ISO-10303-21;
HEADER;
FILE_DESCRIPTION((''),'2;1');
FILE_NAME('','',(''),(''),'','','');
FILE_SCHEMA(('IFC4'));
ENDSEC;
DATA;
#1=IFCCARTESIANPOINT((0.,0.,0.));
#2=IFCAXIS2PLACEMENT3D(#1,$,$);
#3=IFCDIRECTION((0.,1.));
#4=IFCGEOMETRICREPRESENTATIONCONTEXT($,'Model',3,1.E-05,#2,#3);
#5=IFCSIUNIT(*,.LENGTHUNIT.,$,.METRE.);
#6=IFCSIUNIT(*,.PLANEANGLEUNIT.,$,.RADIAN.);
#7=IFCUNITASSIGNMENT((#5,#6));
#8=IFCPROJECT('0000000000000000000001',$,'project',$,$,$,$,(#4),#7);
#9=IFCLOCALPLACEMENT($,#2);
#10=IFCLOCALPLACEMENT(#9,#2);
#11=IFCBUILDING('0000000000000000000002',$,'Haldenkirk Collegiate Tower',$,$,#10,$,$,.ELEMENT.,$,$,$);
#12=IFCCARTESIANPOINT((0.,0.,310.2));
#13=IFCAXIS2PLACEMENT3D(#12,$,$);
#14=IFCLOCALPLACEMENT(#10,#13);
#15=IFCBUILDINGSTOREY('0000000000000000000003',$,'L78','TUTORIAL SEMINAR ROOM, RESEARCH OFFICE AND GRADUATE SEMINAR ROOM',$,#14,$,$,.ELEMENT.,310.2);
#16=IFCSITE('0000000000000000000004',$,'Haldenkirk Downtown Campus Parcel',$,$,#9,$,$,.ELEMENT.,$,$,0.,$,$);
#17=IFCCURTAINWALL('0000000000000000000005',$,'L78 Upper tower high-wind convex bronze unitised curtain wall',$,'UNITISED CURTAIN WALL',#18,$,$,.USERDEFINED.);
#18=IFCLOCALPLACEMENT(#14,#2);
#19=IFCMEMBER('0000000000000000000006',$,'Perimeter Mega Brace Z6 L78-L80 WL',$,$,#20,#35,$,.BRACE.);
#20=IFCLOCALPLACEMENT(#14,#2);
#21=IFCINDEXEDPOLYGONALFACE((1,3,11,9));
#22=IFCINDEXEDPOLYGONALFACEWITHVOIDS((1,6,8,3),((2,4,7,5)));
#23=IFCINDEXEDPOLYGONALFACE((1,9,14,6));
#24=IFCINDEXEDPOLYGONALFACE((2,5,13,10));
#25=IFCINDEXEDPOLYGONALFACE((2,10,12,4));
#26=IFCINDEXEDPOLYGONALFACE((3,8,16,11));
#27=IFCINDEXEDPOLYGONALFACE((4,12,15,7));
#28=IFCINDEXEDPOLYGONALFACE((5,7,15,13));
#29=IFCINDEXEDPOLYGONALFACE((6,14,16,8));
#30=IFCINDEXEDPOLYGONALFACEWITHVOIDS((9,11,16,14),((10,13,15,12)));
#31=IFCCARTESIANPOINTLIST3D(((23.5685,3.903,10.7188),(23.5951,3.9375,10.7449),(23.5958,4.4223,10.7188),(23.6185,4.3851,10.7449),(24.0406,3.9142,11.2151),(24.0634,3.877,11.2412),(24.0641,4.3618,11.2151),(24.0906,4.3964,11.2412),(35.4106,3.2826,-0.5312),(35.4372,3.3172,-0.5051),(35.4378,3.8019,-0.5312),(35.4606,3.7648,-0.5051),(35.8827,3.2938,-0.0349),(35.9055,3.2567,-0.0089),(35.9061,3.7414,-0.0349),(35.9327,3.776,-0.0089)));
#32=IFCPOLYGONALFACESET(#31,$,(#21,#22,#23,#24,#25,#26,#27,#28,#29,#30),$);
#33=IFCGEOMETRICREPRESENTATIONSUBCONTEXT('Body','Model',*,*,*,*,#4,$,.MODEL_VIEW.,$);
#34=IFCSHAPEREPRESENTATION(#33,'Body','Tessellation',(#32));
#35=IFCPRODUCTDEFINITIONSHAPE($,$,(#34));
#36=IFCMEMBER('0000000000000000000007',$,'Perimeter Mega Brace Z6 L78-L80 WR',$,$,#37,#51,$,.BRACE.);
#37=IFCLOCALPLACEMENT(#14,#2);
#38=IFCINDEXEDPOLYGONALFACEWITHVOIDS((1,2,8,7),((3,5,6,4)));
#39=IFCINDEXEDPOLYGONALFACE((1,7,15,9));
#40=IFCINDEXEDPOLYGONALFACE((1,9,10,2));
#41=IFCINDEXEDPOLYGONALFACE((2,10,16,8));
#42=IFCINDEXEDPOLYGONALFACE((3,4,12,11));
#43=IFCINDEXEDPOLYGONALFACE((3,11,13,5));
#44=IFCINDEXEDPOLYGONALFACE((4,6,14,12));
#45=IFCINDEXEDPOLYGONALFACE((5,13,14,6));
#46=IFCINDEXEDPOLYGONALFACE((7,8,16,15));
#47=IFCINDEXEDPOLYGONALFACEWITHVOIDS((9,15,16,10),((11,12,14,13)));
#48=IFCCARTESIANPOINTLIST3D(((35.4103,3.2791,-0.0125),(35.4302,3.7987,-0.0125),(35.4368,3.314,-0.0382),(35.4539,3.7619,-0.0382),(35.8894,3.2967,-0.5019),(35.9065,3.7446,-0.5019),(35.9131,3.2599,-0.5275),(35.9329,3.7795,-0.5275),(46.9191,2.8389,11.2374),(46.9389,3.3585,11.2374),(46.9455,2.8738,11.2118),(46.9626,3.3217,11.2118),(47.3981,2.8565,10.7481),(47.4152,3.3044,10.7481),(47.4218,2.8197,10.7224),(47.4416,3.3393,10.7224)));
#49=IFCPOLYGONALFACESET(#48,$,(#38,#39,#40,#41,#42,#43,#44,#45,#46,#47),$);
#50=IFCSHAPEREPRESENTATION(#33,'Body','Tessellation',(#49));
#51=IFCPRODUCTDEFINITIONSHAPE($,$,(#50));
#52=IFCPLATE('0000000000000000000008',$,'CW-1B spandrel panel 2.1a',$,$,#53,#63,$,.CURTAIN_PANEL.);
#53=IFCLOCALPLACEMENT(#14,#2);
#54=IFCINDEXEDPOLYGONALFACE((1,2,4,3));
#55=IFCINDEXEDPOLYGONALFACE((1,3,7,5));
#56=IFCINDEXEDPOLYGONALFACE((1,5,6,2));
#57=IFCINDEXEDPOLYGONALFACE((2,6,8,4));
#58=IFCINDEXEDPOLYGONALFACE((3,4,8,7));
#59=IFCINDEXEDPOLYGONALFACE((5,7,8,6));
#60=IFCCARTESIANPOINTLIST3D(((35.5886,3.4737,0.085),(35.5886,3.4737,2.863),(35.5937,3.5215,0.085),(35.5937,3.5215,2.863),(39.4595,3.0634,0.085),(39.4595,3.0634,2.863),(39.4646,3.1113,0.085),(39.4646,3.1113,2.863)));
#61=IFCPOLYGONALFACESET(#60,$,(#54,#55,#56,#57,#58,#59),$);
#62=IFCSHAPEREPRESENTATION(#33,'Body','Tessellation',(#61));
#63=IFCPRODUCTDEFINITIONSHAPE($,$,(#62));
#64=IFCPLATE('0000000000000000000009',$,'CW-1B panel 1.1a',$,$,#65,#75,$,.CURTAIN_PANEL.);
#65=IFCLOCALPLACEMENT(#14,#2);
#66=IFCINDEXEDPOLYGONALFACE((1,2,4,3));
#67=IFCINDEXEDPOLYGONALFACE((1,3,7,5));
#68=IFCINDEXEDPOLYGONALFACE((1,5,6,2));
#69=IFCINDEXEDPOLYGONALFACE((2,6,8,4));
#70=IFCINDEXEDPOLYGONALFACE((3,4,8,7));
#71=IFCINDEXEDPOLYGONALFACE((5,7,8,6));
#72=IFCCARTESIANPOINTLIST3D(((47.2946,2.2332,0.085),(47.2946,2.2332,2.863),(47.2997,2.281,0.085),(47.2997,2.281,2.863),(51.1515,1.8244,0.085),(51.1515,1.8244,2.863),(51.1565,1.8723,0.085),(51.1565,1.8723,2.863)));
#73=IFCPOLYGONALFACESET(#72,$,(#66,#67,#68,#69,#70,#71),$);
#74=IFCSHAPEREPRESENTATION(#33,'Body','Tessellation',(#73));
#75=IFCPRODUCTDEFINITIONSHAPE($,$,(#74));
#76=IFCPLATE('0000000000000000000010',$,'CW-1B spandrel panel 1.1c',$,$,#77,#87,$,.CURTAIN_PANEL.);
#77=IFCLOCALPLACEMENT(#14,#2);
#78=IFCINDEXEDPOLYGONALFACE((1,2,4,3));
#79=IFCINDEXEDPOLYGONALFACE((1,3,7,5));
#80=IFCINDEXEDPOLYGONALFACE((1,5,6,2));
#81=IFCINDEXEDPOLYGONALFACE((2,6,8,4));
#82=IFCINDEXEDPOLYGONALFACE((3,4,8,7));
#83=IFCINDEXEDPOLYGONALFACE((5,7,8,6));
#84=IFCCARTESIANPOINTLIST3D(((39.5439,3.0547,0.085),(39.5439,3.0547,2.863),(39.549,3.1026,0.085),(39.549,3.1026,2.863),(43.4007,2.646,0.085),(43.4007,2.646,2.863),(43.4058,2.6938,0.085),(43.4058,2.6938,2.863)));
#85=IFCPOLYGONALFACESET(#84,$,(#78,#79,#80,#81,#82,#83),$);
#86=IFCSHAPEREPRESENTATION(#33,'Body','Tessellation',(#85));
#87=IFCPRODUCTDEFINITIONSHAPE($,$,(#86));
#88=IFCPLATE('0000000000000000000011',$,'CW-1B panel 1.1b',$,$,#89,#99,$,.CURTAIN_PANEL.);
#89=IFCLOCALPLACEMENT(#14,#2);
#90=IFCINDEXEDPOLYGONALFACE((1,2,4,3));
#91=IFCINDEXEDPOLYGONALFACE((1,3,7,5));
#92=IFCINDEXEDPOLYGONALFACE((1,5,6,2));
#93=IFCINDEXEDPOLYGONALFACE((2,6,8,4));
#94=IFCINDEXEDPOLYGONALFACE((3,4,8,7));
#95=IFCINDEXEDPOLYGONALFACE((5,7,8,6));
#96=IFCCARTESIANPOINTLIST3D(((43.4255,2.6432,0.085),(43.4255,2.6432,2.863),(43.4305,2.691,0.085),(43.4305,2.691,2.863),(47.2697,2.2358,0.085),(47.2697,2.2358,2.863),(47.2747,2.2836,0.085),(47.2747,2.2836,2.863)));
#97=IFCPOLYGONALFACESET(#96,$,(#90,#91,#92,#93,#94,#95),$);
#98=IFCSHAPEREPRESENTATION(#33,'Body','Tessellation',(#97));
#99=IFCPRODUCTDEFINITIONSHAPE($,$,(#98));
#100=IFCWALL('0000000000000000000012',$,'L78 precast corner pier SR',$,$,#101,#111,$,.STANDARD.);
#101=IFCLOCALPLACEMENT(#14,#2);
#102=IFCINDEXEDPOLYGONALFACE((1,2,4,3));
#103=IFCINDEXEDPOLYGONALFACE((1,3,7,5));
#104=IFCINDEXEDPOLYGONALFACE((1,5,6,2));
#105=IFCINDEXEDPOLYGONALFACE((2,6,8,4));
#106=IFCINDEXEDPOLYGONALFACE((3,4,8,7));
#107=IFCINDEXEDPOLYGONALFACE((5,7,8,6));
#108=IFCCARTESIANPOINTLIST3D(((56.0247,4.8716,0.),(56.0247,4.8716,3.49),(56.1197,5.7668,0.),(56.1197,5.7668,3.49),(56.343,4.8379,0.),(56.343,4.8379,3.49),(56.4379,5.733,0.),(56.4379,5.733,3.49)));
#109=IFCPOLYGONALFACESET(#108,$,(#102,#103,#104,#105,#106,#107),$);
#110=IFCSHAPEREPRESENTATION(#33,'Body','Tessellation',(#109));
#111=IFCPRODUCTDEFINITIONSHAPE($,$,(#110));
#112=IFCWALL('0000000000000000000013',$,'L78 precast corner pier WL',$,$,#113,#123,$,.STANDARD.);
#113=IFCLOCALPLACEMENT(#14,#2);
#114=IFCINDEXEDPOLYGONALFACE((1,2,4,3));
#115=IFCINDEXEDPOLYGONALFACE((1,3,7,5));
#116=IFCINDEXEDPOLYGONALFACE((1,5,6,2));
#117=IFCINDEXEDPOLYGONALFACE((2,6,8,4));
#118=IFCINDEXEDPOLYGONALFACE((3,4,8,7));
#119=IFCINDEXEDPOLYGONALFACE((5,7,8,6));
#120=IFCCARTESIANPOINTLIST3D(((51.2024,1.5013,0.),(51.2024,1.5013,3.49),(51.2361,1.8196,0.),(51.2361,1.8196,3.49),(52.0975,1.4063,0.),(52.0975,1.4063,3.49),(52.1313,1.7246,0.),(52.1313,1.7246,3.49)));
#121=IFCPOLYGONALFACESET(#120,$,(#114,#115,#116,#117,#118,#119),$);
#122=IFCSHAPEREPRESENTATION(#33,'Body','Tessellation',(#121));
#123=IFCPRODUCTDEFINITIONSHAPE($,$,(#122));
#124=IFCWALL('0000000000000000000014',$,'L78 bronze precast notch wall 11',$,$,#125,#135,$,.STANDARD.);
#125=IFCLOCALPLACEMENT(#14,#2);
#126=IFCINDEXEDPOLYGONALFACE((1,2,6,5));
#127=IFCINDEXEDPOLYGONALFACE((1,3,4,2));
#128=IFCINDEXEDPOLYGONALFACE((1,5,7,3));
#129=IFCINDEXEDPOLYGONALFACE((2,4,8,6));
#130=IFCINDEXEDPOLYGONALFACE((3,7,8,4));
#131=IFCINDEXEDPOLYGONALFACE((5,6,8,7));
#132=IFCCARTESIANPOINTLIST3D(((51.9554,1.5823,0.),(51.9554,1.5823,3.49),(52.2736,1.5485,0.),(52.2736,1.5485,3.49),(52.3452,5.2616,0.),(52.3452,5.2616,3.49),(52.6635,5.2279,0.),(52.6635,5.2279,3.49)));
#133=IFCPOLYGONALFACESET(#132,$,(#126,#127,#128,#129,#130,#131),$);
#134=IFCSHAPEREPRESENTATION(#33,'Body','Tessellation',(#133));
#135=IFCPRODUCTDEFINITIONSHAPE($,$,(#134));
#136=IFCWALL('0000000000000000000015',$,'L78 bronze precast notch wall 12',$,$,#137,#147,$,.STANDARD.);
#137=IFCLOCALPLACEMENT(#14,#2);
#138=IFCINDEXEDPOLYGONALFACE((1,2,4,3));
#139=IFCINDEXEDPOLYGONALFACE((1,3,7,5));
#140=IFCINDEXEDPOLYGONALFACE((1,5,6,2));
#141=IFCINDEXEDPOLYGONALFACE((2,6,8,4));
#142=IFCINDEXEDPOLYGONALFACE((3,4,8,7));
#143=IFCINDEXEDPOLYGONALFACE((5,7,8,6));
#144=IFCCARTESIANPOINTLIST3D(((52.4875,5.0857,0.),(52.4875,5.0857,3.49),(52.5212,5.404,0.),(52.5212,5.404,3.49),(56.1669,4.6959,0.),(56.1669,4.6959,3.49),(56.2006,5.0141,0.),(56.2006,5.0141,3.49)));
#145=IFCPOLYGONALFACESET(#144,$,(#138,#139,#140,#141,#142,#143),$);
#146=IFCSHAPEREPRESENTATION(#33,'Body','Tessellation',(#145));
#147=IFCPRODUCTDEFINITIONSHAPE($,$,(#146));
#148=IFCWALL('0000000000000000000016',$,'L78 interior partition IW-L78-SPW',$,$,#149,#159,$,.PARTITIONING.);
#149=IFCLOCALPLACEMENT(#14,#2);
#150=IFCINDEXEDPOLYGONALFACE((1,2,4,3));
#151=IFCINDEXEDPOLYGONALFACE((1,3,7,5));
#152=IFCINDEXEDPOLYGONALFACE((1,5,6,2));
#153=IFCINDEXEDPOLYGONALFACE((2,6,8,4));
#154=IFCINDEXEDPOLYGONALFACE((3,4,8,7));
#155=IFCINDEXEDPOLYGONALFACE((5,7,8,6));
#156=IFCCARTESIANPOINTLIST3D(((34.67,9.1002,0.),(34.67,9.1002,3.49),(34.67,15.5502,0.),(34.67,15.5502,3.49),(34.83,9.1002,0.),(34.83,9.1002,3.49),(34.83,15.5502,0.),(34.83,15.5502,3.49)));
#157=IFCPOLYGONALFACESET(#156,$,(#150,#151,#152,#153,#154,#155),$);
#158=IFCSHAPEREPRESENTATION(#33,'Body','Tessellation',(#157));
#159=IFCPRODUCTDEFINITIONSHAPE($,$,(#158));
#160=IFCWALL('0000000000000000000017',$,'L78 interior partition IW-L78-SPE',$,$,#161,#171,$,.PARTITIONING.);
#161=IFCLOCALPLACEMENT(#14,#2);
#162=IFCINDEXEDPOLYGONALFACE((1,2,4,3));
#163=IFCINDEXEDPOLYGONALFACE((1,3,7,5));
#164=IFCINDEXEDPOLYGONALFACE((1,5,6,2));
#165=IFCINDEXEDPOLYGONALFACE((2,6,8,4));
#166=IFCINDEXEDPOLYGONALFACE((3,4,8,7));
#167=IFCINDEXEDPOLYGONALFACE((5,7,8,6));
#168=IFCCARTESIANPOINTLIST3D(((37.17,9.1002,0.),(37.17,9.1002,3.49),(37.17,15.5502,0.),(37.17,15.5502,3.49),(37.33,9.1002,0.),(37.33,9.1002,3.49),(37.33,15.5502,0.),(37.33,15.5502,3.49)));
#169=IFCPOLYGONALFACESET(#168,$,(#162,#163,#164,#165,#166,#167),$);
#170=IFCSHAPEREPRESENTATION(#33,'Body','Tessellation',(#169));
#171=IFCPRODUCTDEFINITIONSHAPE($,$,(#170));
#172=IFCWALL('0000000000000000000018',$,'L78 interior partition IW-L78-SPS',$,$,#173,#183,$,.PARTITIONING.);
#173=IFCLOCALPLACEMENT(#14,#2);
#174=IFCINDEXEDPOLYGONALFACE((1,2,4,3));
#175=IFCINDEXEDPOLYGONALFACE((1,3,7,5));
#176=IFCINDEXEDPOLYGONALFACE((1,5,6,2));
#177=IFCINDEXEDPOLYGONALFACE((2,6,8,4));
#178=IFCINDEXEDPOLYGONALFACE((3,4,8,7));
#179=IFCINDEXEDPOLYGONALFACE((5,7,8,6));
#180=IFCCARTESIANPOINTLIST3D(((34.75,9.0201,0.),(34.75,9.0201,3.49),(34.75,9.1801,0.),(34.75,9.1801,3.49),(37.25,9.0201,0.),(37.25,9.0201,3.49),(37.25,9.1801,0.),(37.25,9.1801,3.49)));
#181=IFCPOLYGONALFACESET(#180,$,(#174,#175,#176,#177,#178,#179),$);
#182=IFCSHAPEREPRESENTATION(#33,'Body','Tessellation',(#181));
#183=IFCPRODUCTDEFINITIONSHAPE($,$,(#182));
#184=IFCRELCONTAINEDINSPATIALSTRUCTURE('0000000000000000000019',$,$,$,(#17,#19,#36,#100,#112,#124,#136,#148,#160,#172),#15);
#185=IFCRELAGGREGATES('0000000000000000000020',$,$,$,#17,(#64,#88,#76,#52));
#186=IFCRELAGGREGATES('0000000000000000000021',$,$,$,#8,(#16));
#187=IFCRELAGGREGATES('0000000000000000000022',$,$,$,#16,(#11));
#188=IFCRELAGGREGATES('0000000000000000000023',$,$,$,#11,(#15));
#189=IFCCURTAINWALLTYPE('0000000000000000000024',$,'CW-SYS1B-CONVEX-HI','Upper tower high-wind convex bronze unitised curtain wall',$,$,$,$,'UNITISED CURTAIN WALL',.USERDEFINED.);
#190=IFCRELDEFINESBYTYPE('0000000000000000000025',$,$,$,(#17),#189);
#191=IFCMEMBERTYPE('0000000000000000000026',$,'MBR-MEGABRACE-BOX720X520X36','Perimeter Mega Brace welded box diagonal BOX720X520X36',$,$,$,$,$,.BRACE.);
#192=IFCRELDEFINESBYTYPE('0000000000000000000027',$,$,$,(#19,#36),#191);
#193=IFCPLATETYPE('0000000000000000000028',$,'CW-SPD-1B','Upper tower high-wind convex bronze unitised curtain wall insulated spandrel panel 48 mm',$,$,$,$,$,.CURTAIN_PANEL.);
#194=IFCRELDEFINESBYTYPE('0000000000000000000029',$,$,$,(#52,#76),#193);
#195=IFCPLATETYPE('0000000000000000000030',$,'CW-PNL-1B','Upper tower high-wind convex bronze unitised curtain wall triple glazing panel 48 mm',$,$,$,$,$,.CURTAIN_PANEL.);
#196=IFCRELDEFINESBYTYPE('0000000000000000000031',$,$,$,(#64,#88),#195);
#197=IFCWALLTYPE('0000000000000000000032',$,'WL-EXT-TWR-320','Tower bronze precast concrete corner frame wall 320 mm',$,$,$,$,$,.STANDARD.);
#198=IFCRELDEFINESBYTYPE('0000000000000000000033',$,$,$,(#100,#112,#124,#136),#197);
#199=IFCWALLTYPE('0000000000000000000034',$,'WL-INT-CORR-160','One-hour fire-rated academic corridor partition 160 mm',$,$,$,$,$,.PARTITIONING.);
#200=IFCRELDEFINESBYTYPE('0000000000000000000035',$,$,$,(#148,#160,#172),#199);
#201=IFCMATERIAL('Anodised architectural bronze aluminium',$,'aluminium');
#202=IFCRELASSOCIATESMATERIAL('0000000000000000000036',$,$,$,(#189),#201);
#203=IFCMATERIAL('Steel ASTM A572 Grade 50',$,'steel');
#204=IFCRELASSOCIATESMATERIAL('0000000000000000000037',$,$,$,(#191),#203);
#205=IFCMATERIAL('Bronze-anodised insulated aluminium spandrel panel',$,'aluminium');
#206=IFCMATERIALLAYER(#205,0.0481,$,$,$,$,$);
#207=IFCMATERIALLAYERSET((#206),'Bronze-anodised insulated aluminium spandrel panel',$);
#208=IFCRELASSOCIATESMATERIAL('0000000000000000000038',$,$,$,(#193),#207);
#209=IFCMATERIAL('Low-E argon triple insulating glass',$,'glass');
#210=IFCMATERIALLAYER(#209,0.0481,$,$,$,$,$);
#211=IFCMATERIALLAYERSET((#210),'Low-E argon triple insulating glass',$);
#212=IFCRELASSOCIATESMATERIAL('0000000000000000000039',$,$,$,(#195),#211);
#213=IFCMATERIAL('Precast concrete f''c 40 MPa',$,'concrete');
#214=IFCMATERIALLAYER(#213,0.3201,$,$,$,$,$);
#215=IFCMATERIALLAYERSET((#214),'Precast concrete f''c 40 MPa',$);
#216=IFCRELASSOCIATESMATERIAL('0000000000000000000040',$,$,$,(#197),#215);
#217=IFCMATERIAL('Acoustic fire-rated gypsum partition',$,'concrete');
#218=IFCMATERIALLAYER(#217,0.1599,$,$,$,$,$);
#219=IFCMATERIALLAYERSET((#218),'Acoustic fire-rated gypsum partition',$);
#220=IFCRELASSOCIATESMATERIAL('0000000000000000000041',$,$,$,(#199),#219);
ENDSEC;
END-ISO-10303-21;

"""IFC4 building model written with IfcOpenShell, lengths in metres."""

from ifc_helpers import new_model, si_unit, direction, frame, frame_2d, origin, origin_2d, place, context, subcontext, project, spatial, rectangle, hollow_rectangle, extrude, source, transform, mapped, material, layer, layer_set, material_profile, profile_set, type_object, element, aggregate, save


model = new_model("IFC4")

# Units and contexts
model_context = context("Model", 3, precision=1e-05, world=origin(), true_north=direction((0.0, 1.0)))
body_context = subcontext(model_context, "Body", "Model", "MODEL_VIEW")
ifc_project = project(units=[si_unit("LENGTHUNIT", "METRE"), si_unit("PLANEANGLEUNIT", "RADIAN")], contexts=[model_context])

# Site, building, storey
site_placement = place(None, origin())
site = spatial("IfcSite", under=ifc_project, at=site_placement, Name="Haldenkirk Downtown Campus Parcel", CompositionType="ELEMENT", RefElevation=0.0)
building_placement = place(site_placement, origin())
building = spatial("IfcBuilding", under=site, at=building_placement, Name="Haldenkirk Collegiate Tower", CompositionType="ELEMENT")
storey_placement = place(building_placement, frame((0.0, 0.0, 310.2)))
storey = spatial("IfcBuildingStorey", under=building, at=storey_placement, Name="L78", Description="TUTORIAL SEMINAR ROOM, RESEARCH OFFICE AND GRADUATE SEMINAR ROOM", CompositionType="ELEMENT", Elevation=310.2)

# Shared definitions
ifc_material_1 = material(Name="Steel ASTM A572 Grade 50", Category="steel")

# Shared definitions
ifc_material_2 = material(Name="Anodised architectural bronze aluminium", Category="aluminium")

# Curtain wall
curtain_wall_type_1 = type_object("IfcCurtainWallType", Name="CW-SYS1B-CONVEX-HI", Description="Upper tower high-wind convex bronze unitised curtain wall", ElementType="UNITISED CURTAIN WALL", PredefinedType="USERDEFINED", material=ifc_material_2)
curtain_wall_1_placement = place(storey_placement, origin())
curtain_wall_1 = element("IfcCurtainWall", 1, at=curtain_wall_1_placement, inside=storey, type_object=curtain_wall_type_1, Name="L78 Upper tower high-wind convex bronze unitised curtain wall", ObjectType="UNITISED CURTAIN WALL", PredefinedType="USERDEFINED")

# Members
ifc_material_profile_1 = material_profile(ifc_material_1, hollow_rectangle(XDim=0.52, YDim=0.72, WallThickness=0.0359, at=origin_2d()), Name="BOX720X520X36")
ifc_profile_set_1 = profile_set([ifc_material_profile_1], Name="Steel ASTM A572 Grade 50")
member_type_1 = type_object("IfcMemberType", Name="MBR-MEGABRACE-BOX720X520X36", Description="Perimeter Mega Brace welded box diagonal BOX720X520X36", PredefinedType="BRACE", material=ifc_profile_set_1)
member_1_placement = place(storey_placement, frame((35.6716, 3.5293, -0.27), z_axis=(-0.724475, 0.037953, 0.688255), x_axis=(-0.052315, -0.998631, 0.0)))
element("IfcMember", 2, at=member_1_placement, inside=storey, type_object=member_type_1, Name="Perimeter Mega Brace Z6 L78-L80 WL", PredefinedType="BRACE", context=body_context, shape_type="SweptSolid", body=[
    extrude(hollow_rectangle(XDim=0.52, YDim=0.72, WallThickness=0.0359, at=origin_2d()), origin(), (0.0, 0.0, 1.0), 16.3457),
])
member_2_placement = place(storey_placement, frame((35.6716, 3.5293, -0.27), z_axis=(0.714834, -0.027341, 0.69876), x_axis=(0.03822, 0.999269, 0.0)))
element("IfcMember", 3, at=member_2_placement, inside=storey, type_object=member_type_1, Name="Perimeter Mega Brace Z6 L78-L80 WR", PredefinedType="BRACE", context=body_context, shape_type="SweptSolid", body=[
    extrude(hollow_rectangle(XDim=0.52, YDim=0.72, WallThickness=0.0359, at=origin_2d()), origin(), (0.0, 0.0, 1.0), 16.0999),
])

# Plates
ifc_material_3 = material(Name="Bronze-anodised insulated aluminium spandrel panel", Category="aluminium")
ifc_layer_1 = layer(ifc_material_3, 0.0481)
ifc_layer_set_1 = layer_set([ifc_layer_1], Name="Bronze-anodised insulated aluminium spandrel panel")
plate_type_1 = type_object("IfcPlateType", Name="CW-SPD-1B", Description="Upper tower high-wind convex bronze unitised curtain wall insulated spandrel panel 48 mm", PredefinedType="CURTAIN_PANEL", material=ifc_layer_set_1)
shared_shape_1 = source(origin(), body_context, "Body", "SweptSolid", [
    extrude(rectangle(XDim=3.8926, YDim=0.0481, at=origin_2d()), origin(), (0.0, 0.0, 1.0), 2.7781),
])
plate_1_placement = place(storey_placement, frame((37.5266, 3.2925, 0.085), z_axis=(0.0, 0.0, 1.0), x_axis=(-0.994431, 0.105393, 0.0)))
plate_1 = element("IfcPlate", 4, at=plate_1_placement, type_object=plate_type_1, Name="CW-1B spandrel panel 2.1a", PredefinedType="CURTAIN_PANEL", context=body_context, shape_type="MappedRepresentation", body=[
    mapped(shared_shape_1, transform((0.0, 0.0, 0.0), x_axis=(1.0, 0.0, 0.0), y_axis=(0.0, 1.0, 0.0), z_axis=(0.0, 0.0, 1.0), scale=1.0)),
])
ifc_material_4 = material(Name="Low-E argon triple insulating glass", Category="glass")
ifc_layer_2 = layer(ifc_material_4, 0.0481)
ifc_layer_set_2 = layer_set([ifc_layer_2], Name="Low-E argon triple insulating glass")
plate_type_2 = type_object("IfcPlateType", Name="CW-PNL-1B", Description="Upper tower high-wind convex bronze unitised curtain wall triple glazing panel 48 mm", PredefinedType="CURTAIN_PANEL", material=ifc_layer_set_2)
shared_shape_2 = source(origin(), body_context, "Body", "SweptSolid", [
    extrude(rectangle(XDim=3.8784, YDim=0.0481, at=origin_2d()), origin(), (0.0, 0.0, 1.0), 2.7781),
])
plate_2_placement = place(storey_placement, frame((49.2256, 2.0527, 0.085), z_axis=(0.0, 0.0, 1.0), x_axis=(-0.994431, 0.105393, 0.0)))
plate_2 = element("IfcPlate", 5, at=plate_2_placement, type_object=plate_type_2, Name="CW-1B panel 1.1a", PredefinedType="CURTAIN_PANEL", context=body_context, shape_type="MappedRepresentation", body=[
    mapped(shared_shape_2, transform((0.0, 0.0, 0.0), x_axis=(1.0, 0.0, 0.0), y_axis=(0.0, 1.0, 0.0), z_axis=(0.0, 0.0, 1.0), scale=1.0)),
])
plate_3_placement = place(storey_placement, frame((41.4749, 2.8743, 0.085), z_axis=(0.0, 0.0, 1.0), x_axis=(-0.994431, 0.105393, 0.0)))
plate_3 = element("IfcPlate", 6, at=plate_3_placement, type_object=plate_type_1, Name="CW-1B spandrel panel 1.1c", PredefinedType="CURTAIN_PANEL", context=body_context, shape_type="MappedRepresentation", body=[
    mapped(shared_shape_2, transform((0.0, 0.0, 0.0), x_axis=(1.0, 0.0, 0.0), y_axis=(0.0, 1.0, 0.0), z_axis=(0.0, 0.0, 1.0), scale=1.0)),
])
shared_shape_3 = source(origin(), body_context, "Body", "SweptSolid", [
    extrude(rectangle(XDim=3.8657, YDim=0.0481, at=origin_2d()), origin(), (0.0, 0.0, 1.0), 2.7781),
])
plate_4_placement = place(storey_placement, frame((45.3501, 2.4634, 0.085), z_axis=(0.0, 0.0, 1.0), x_axis=(-0.994431, 0.105393, 0.0)))
plate_4 = element("IfcPlate", 7, at=plate_4_placement, type_object=plate_type_2, Name="CW-1B panel 1.1b", PredefinedType="CURTAIN_PANEL", context=body_context, shape_type="MappedRepresentation", body=[
    mapped(shared_shape_3, transform((0.0, 0.0, 0.0), x_axis=(1.0, 0.0, 0.0), y_axis=(0.0, 1.0, 0.0), z_axis=(0.0, 0.0, 1.0), scale=1.0)),
])
aggregate(curtain_wall_1, [plate_2, plate_4, plate_3, plate_1])

# Walls
ifc_material_5 = material(Name="Precast concrete f'c 40 MPa", Category="concrete")
ifc_layer_3 = layer(ifc_material_5, 0.3201)
ifc_layer_set_3 = layer_set([ifc_layer_3], Name="Precast concrete f'c 40 MPa")
wall_type_1 = type_object("IfcWallType", Name="WL-EXT-TWR-320", Description="Tower bronze precast concrete corner frame wall 320 mm", PredefinedType="STANDARD", material=ifc_layer_set_3)
for number, where, z_axis, x_axis, name in (
    (8, (56.2788, 5.75, 0.0), (0.0, 0.0, 1.0), (-0.105518, -0.994417, 0.0), "L78 precast corner pier SR"),
    (9, (52.1145, 1.5654, 0.0), (0.0, 0.0, 1.0), (-0.994417, 0.105518, 0.0), "L78 precast corner pier WL"),
):
    element("IfcWall", number, at=place(storey_placement, frame(where, z_axis=z_axis, x_axis=x_axis)), inside=storey, type_object=wall_type_1, Name=name, PredefinedType="STANDARD", context=body_context, shape_type="SweptSolid", body=[
        extrude(rectangle(XDim=0.9001, YDim=0.3201, at=frame_2d((0.4502, 0.0))), origin(), (0.0, 0.0, 1.0), 3.49),
    ])
for number, where, z_axis, x_axis, name in (
    (10, (52.5044, 5.2449, 0.0), (0.0, 0.0, 1.0), (-0.105375, -0.994433, 0.0), "L78 bronze precast notch wall 11"),
    (11, (56.1838, 4.855, 0.0), (0.0, 0.0, 1.0), (-0.994433, 0.105375, 0.0), "L78 bronze precast notch wall 12"),
):
    element("IfcWall", number, at=place(storey_placement, frame(where, z_axis=z_axis, x_axis=x_axis)), inside=storey, type_object=wall_type_1, Name=name, PredefinedType="STANDARD", context=body_context, shape_type="SweptSolid", body=[
        extrude(rectangle(XDim=3.7, YDim=0.3201, at=frame_2d((1.8501, 0.0))), origin(), (0.0, 0.0, 1.0), 3.49),
    ])
ifc_material_6 = material(Name="Acoustic fire-rated gypsum partition", Category="concrete")
ifc_layer_4 = layer(ifc_material_6, 0.1599)
ifc_layer_set_4 = layer_set([ifc_layer_4], Name="Acoustic fire-rated gypsum partition")
wall_type_2 = type_object("IfcWallType", Name="WL-INT-CORR-160", Description="One-hour fire-rated academic corridor partition 160 mm", PredefinedType="PARTITIONING", material=ifc_layer_set_4)
for number, where, z_axis, x_axis, name in (
    (12, (34.75, 9.1001, 0.0), (0.0, 0.0, 1.0), (0.0, 1.0, 0.0), "L78 interior partition IW-L78-SPW"),
    (13, (37.25, 9.1001, 0.0), (0.0, 0.0, 1.0), (0.0, 1.0, 0.0), "L78 interior partition IW-L78-SPE"),
):
    element("IfcWall", number, at=place(storey_placement, frame(where, z_axis=z_axis, x_axis=x_axis)), inside=storey, type_object=wall_type_2, Name=name, PredefinedType="PARTITIONING", context=body_context, shape_type="SweptSolid", body=[
        extrude(rectangle(XDim=6.45, YDim=0.1599, at=frame_2d((3.2251, 0.0))), origin(), (0.0, 0.0, 1.0), 3.49),
    ])
wall_1_placement = place(storey_placement, frame((34.75, 9.1001, 0.0), z_axis=(0.0, 0.0, 1.0), x_axis=(1.0, 0.0, 0.0)))
element("IfcWall", 14, at=wall_1_placement, inside=storey, type_object=wall_type_2, Name="L78 interior partition IW-L78-SPS", PredefinedType="PARTITIONING", context=body_context, shape_type="SweptSolid", body=[
    extrude(rectangle(XDim=2.5, YDim=0.1599, at=frame_2d((1.25, 0.0))), origin(), (0.0, 0.0, 1.0), 3.49),
])

save(model, "model.ifc")
